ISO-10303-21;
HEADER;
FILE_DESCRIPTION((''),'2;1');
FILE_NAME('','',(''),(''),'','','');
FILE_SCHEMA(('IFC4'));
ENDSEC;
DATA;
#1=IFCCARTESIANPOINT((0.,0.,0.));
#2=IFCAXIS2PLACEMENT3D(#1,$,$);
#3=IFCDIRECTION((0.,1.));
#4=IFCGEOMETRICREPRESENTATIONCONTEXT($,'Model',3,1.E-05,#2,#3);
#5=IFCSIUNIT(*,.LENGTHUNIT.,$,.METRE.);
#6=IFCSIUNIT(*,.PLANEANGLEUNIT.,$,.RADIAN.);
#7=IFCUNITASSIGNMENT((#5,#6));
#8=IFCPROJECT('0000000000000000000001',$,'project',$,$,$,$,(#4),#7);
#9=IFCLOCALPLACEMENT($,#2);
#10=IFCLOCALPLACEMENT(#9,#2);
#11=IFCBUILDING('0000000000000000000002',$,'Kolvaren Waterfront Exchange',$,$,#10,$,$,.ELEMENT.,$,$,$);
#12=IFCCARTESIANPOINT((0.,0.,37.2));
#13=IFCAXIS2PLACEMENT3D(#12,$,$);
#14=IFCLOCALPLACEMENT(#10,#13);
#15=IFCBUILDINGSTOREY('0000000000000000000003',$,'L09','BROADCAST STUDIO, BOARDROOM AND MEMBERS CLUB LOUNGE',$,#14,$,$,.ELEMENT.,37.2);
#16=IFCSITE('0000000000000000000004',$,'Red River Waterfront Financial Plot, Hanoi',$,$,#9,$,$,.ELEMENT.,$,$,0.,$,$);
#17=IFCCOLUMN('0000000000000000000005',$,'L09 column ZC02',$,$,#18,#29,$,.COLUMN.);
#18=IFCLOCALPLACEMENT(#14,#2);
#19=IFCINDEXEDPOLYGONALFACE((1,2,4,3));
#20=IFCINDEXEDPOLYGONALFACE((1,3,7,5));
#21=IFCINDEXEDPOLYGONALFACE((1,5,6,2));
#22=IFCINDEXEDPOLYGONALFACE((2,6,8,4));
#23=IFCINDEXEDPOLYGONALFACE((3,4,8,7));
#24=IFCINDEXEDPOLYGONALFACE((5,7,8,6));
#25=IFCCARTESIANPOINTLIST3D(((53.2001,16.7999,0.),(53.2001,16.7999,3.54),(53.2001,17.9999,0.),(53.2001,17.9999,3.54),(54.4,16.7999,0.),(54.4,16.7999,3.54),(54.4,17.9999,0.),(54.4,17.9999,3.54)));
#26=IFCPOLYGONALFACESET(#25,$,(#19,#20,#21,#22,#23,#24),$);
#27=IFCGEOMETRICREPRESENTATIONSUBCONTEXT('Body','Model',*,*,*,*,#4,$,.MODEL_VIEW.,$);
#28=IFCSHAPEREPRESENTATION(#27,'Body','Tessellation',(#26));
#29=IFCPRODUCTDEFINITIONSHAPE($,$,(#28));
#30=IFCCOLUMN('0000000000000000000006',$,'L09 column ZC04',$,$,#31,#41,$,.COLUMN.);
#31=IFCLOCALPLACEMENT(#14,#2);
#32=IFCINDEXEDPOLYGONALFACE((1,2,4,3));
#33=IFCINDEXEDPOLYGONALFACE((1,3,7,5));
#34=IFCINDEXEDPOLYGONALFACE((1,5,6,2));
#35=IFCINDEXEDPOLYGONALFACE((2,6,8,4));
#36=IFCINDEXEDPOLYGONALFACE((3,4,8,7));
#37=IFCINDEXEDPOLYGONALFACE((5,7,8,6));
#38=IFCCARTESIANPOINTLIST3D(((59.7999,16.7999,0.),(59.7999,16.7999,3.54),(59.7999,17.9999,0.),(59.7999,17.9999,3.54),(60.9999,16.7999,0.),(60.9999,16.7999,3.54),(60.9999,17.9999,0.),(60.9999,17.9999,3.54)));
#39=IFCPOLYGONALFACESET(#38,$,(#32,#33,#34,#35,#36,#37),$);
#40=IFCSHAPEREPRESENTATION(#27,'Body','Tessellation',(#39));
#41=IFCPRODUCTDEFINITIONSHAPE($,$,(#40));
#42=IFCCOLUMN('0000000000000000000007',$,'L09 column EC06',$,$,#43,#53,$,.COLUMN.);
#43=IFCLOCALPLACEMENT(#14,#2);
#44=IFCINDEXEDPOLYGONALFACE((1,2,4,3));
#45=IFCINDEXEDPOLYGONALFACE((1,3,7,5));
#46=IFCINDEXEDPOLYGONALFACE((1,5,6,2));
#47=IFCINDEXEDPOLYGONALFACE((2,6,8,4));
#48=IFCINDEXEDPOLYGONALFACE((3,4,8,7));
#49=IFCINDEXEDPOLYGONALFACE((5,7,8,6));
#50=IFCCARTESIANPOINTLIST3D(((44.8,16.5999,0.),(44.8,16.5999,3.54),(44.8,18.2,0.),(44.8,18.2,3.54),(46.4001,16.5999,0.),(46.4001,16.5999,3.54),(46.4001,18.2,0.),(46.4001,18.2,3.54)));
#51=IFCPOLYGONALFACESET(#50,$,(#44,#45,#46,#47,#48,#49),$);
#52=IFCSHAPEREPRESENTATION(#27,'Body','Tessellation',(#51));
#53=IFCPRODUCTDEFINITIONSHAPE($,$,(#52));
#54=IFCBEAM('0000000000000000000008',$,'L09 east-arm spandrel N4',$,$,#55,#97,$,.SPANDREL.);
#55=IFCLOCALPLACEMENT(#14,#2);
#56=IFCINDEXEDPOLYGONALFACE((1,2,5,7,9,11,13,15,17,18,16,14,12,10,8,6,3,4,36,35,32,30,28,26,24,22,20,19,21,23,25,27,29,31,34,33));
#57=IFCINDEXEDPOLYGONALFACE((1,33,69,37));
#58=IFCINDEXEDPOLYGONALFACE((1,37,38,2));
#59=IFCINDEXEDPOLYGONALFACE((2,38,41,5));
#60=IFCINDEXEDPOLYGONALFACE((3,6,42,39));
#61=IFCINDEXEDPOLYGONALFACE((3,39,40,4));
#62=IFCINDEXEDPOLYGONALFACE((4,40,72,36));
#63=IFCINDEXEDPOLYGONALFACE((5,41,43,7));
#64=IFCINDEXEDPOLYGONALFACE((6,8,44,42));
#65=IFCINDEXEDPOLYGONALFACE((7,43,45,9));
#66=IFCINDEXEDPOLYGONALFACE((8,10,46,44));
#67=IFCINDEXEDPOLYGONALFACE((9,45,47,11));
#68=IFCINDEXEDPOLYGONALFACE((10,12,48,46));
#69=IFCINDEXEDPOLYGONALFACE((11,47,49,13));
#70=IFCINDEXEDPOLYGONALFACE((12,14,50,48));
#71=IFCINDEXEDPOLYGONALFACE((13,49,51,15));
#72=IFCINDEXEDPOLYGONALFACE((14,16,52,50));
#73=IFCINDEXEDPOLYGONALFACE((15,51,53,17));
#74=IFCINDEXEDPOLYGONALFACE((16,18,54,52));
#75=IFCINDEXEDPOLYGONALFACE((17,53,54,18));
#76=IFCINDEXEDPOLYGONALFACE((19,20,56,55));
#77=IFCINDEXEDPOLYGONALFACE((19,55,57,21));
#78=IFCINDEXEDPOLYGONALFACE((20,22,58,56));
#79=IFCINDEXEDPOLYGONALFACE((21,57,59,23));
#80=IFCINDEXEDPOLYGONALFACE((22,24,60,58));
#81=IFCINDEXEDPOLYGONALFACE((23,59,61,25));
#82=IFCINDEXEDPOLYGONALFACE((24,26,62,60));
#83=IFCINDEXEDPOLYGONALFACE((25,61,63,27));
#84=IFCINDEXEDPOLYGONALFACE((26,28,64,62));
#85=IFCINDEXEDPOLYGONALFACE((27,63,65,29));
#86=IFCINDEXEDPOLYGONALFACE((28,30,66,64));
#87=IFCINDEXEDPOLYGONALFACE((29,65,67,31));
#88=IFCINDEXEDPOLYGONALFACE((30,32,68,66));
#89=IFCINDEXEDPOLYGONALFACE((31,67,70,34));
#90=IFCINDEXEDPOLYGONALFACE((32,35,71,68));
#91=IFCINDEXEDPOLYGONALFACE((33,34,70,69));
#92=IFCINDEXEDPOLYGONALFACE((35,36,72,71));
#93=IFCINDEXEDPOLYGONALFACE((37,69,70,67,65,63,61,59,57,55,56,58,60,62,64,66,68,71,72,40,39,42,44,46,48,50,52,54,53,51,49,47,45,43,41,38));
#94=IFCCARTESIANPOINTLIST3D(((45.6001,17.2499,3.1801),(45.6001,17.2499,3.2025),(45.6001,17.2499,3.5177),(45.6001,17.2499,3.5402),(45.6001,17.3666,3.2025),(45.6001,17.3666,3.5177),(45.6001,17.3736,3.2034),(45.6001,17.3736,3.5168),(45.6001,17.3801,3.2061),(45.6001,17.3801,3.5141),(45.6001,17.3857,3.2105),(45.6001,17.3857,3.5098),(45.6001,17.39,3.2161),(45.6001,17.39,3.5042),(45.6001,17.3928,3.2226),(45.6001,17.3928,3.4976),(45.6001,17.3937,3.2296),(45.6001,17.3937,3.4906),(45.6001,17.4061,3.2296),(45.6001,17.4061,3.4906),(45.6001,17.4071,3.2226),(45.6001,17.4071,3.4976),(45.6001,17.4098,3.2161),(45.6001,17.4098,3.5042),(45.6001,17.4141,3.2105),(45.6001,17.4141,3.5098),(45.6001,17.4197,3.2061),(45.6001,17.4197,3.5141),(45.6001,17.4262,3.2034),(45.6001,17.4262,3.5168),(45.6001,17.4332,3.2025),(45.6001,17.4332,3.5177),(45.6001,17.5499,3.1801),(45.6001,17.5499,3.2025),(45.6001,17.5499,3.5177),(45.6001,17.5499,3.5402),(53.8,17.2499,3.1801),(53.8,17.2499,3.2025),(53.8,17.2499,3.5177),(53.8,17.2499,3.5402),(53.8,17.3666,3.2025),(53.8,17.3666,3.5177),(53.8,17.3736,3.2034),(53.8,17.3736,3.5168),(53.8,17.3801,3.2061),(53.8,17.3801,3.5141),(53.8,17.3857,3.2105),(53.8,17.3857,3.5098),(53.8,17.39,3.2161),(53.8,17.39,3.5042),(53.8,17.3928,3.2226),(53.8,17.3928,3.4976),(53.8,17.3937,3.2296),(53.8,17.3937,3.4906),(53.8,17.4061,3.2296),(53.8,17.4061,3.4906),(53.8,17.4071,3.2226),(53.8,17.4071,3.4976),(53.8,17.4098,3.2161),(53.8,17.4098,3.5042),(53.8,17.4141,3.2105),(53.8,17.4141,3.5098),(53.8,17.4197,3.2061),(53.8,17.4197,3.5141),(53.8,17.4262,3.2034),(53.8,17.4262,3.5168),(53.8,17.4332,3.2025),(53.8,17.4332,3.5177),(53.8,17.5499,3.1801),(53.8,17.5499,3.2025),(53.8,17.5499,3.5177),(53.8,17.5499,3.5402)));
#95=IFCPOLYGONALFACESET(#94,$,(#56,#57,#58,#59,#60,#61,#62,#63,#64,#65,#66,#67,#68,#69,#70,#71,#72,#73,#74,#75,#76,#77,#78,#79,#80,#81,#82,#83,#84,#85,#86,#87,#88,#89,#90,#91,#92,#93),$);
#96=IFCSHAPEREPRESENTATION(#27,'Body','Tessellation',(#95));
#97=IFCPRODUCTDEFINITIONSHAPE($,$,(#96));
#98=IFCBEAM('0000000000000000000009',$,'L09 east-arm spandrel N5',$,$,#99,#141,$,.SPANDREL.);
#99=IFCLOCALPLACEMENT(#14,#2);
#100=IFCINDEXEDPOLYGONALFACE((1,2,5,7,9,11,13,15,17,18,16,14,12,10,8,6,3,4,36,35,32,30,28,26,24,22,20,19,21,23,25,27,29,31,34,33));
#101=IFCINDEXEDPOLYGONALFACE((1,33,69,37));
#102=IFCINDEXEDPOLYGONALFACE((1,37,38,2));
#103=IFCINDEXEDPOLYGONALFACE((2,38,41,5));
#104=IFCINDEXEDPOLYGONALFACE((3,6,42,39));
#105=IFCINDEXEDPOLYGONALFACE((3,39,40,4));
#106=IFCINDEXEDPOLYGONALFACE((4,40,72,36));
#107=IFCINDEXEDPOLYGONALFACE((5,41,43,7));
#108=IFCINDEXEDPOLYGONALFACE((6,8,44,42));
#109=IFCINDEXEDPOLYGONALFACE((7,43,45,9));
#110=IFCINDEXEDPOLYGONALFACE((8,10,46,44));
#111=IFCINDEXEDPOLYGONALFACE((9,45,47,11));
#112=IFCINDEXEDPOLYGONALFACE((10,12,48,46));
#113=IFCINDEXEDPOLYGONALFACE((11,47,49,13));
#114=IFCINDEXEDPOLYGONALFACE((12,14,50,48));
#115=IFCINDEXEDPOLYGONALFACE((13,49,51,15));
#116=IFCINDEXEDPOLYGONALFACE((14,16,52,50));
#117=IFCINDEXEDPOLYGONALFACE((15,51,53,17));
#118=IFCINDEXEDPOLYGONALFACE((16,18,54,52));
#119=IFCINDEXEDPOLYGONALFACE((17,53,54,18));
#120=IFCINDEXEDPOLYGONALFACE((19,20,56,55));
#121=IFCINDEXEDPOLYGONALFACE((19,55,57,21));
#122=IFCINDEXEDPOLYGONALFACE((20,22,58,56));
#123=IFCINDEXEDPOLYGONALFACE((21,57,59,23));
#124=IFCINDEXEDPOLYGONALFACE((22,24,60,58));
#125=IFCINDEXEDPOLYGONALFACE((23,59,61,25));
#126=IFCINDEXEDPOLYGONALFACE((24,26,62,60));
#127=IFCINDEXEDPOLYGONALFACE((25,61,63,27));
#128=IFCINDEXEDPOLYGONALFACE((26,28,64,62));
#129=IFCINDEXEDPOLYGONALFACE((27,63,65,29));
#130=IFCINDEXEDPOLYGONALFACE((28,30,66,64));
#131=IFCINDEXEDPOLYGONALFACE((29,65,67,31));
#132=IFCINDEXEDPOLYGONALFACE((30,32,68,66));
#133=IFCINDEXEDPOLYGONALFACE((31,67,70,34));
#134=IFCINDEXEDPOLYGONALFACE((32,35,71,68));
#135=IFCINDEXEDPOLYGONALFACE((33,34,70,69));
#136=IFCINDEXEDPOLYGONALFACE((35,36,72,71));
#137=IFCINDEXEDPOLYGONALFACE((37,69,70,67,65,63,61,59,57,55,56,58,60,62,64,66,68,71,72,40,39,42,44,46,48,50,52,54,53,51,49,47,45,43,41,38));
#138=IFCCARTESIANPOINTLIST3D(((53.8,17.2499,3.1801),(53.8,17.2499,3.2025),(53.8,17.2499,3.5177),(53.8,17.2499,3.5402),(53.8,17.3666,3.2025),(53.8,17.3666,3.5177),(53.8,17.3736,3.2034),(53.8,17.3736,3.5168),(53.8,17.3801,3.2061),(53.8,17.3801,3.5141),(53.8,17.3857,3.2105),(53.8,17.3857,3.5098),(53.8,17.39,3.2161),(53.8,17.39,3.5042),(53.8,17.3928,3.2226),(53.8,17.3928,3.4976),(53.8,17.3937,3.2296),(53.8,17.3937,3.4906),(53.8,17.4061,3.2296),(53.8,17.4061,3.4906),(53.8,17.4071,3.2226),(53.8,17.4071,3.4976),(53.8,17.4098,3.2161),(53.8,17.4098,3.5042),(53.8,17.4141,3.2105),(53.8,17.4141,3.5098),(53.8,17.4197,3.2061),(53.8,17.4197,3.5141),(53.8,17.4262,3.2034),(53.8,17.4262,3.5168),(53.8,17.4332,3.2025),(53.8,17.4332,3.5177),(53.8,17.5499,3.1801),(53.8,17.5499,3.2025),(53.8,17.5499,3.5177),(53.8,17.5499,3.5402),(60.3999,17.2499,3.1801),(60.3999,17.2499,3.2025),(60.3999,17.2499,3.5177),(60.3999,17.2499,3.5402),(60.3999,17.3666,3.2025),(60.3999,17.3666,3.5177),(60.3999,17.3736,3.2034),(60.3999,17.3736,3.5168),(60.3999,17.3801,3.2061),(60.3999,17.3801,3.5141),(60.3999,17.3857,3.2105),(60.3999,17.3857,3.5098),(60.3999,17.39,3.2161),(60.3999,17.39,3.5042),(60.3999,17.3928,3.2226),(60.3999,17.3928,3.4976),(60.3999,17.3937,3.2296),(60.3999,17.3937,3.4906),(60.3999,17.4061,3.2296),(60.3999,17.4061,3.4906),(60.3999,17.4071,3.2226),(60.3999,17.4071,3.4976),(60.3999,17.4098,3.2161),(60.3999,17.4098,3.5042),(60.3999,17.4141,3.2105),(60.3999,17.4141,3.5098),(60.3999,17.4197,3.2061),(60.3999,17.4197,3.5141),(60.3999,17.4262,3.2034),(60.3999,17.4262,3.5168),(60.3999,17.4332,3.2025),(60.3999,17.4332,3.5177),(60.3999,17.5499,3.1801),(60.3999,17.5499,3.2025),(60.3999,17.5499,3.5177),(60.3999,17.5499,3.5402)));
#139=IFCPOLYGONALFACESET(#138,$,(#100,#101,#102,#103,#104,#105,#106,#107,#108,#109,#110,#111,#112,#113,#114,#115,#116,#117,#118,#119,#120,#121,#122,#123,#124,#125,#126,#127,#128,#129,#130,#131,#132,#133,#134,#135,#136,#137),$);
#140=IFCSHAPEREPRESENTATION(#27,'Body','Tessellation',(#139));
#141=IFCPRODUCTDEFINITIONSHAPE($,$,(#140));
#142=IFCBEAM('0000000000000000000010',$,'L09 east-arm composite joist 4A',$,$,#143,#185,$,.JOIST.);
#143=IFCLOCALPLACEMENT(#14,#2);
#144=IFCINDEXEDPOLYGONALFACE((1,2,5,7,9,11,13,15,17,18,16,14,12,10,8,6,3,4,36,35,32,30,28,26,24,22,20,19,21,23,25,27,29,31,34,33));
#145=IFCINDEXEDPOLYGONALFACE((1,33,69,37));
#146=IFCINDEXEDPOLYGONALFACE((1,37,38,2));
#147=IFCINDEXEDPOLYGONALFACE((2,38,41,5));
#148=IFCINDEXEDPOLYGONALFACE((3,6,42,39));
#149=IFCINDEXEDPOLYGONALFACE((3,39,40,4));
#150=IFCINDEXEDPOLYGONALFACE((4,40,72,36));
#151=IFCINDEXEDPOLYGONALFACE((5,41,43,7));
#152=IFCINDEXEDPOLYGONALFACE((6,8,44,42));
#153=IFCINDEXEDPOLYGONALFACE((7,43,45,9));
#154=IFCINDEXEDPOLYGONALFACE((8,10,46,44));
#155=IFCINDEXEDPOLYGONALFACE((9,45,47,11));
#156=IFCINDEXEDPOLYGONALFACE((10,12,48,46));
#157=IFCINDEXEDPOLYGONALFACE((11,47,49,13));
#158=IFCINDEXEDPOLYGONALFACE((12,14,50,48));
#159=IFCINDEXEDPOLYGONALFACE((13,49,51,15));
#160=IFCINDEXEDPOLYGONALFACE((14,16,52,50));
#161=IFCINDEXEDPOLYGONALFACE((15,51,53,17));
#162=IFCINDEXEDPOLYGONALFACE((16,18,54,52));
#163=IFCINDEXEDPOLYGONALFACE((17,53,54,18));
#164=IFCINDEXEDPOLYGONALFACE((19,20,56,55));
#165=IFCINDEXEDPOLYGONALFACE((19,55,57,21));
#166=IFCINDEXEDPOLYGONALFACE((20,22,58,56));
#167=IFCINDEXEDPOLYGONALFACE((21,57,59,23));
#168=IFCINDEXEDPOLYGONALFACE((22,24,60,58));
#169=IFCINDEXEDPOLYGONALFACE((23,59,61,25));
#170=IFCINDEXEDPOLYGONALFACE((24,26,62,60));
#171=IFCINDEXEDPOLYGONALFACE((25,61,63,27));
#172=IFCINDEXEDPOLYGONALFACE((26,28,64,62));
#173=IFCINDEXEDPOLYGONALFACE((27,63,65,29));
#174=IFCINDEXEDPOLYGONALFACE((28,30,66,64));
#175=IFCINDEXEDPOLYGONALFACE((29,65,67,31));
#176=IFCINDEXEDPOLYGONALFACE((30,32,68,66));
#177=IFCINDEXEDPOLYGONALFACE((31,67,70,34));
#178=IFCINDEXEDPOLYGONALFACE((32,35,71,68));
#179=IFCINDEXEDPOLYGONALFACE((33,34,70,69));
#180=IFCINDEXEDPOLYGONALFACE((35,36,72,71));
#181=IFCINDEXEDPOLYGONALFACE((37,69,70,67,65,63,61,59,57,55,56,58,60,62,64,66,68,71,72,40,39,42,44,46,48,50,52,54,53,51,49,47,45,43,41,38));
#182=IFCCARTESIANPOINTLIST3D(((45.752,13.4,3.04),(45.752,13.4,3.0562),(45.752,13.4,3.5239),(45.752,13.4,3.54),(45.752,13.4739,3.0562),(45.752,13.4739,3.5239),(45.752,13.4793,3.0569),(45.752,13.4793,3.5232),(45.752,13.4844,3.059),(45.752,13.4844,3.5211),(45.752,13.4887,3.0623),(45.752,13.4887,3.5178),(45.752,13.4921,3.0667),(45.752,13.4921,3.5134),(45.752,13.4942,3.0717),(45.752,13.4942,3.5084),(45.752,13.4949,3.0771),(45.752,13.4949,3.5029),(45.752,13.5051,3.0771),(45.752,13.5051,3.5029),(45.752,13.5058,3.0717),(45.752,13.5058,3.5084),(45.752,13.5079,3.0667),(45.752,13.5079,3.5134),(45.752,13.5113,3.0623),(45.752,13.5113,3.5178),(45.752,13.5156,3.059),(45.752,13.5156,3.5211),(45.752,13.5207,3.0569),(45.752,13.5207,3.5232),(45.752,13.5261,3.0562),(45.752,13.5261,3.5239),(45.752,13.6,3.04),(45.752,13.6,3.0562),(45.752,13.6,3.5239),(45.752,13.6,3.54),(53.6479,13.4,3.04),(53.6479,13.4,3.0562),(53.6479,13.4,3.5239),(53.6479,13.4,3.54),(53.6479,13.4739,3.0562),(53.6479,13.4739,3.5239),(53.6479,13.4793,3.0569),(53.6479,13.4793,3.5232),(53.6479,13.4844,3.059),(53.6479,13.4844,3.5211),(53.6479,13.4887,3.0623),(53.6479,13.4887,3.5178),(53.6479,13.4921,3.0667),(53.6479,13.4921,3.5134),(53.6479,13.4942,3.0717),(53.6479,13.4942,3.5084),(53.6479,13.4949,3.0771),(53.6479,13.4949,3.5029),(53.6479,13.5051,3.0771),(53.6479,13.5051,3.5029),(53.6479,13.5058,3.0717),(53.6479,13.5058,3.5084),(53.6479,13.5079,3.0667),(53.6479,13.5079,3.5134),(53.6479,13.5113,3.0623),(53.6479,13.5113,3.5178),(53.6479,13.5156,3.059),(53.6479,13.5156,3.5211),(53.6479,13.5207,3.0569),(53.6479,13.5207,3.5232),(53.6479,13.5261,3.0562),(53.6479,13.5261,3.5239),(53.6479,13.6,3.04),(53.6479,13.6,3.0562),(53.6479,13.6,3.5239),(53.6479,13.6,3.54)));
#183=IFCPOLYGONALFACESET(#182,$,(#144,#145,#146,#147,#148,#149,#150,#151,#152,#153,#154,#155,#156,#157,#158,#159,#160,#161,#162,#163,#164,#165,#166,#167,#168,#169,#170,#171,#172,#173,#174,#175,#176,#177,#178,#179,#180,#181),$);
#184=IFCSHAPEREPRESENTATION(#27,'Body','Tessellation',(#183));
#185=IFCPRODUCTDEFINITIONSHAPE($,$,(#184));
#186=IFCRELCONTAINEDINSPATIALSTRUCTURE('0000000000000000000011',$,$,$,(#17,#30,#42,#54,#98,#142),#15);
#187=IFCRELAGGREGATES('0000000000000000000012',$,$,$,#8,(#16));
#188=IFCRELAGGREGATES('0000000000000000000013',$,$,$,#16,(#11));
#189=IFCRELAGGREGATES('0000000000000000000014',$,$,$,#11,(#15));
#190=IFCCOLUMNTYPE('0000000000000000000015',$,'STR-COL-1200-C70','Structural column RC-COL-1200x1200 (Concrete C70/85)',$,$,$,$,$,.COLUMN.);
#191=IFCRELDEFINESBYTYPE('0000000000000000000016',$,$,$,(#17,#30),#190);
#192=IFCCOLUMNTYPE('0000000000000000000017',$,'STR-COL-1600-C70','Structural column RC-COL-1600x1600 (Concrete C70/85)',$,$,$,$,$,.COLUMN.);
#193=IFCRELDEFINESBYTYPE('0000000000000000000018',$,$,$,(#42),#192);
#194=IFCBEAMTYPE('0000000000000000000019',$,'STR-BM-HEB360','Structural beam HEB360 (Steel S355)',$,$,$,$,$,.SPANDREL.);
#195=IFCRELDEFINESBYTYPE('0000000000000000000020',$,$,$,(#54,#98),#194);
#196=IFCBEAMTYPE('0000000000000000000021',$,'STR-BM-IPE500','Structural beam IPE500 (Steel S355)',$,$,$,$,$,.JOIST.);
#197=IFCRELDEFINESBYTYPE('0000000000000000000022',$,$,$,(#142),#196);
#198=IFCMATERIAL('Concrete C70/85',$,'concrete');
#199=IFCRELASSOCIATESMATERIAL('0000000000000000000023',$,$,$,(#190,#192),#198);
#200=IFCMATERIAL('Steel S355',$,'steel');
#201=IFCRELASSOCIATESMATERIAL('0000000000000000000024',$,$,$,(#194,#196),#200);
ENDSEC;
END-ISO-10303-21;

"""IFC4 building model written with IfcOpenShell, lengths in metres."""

from ifc_helpers import new_model, si_unit, direction, frame, origin, origin_2d, place, context, subcontext, project, spatial, rectangle, i_section, extrude, material, material_profile, profile_set, type_object, element, save


model = new_model("IFC4")

# Units and contexts
model_context = context("Model", 3, precision=1e-05, world=origin(), true_north=direction((0.0, 1.0)))
body_context = subcontext(model_context, "Body", "Model", "MODEL_VIEW")
ifc_project = project(units=[si_unit("LENGTHUNIT", "METRE"), si_unit("PLANEANGLEUNIT", "RADIAN")], contexts=[model_context])

# Site, building, storey
site_placement = place(None, origin())
site = spatial("IfcSite", under=ifc_project, at=site_placement, Name="Red River Waterfront Financial Plot, Hanoi", CompositionType="ELEMENT", RefElevation=0.0)
building_placement = place(site_placement, origin())
building = spatial("IfcBuilding", under=site, at=building_placement, Name="Kolvaren Waterfront Exchange", CompositionType="ELEMENT")
storey_placement = place(building_placement, frame((0.0, 0.0, 37.2)))
storey = spatial("IfcBuildingStorey", under=building, at=storey_placement, Name="L09", Description="BROADCAST STUDIO, BOARDROOM AND MEMBERS CLUB LOUNGE", CompositionType="ELEMENT", Elevation=37.2)

# Columns
ifc_material_1 = material(Name="Concrete C70/85", Category="concrete")
ifc_material_profile_1 = material_profile(ifc_material_1, rectangle(XDim=1.2, YDim=1.2, at=origin_2d()), Name="RC-COL-1200x1200")
ifc_profile_set_1 = profile_set([ifc_material_profile_1], Name="Concrete C70/85")
column_type_1 = type_object("IfcColumnType", Name="STR-COL-1200-C70", Description="Structural column RC-COL-1200x1200 (Concrete C70/85)", PredefinedType="COLUMN", material=ifc_profile_set_1)
for number, where, z_axis, x_axis, name in (
    (1, (53.8, 17.3999, 0.0), (0.0, 0.0, 1.0), (1.0, 0.0, 0.0), "L09 column ZC02"),
    (2, (60.3999, 17.3999, 0.0), (0.0, 0.0, 1.0), (1.0, 0.0, 0.0), "L09 column ZC04"),
):
    element("IfcColumn", number, at=place(storey_placement, frame(where, z_axis=z_axis, x_axis=x_axis)), inside=storey, type_object=column_type_1, Name=name, PredefinedType="COLUMN", context=body_context, shape_type="SweptSolid", body=[
        extrude(rectangle(XDim=1.2, YDim=1.2, at=origin_2d()), origin(), (0.0, 0.0, 1.0), 3.54),
    ])
ifc_material_profile_2 = material_profile(ifc_material_1, rectangle(XDim=1.6001, YDim=1.6001, at=origin_2d()), Name="RC-COL-1600x1600")
ifc_profile_set_2 = profile_set([ifc_material_profile_2], Name="Concrete C70/85")
column_type_2 = type_object("IfcColumnType", Name="STR-COL-1600-C70", Description="Structural column RC-COL-1600x1600 (Concrete C70/85)", PredefinedType="COLUMN", material=ifc_profile_set_2)
column_placement = place(storey_placement, frame((45.6001, 17.3999, 0.0), z_axis=(0.0, 0.0, 1.0), x_axis=(1.0, 0.0, 0.0)))
element("IfcColumn", 3, at=column_placement, inside=storey, type_object=column_type_2, Name="L09 column EC06", PredefinedType="COLUMN", context=body_context, shape_type="SweptSolid", body=[
    extrude(rectangle(XDim=1.6001, YDim=1.6001, at=origin_2d()), origin(), (0.0, 0.0, 1.0), 3.54),
])

# Beams
ifc_material_2 = material(Name="Steel S355", Category="steel")
ifc_material_profile_3 = material_profile(ifc_material_2, i_section(OverallWidth=0.3, OverallDepth=0.3601, WebThickness=0.0125, FlangeThickness=0.0225, FilletRadius=0.0271, at=origin_2d()), Name="HEB360")
ifc_profile_set_3 = profile_set([ifc_material_profile_3], Name="Steel S355")
beam_type_1 = type_object("IfcBeamType", Name="STR-BM-HEB360", Description="Structural beam HEB360 (Steel S355)", PredefinedType="SPANDREL", material=ifc_profile_set_3)
beam_1_placement = place(storey_placement, frame((45.6001, 17.3999, 3.3601), z_axis=(1.0, 0.0, 0.0), x_axis=(0.0, 1.0, 0.0)))
element("IfcBeam", 4, at=beam_1_placement, inside=storey, type_object=beam_type_1, Name="L09 east-arm spandrel N4", PredefinedType="SPANDREL", context=body_context, shape_type="SweptSolid", body=[
    extrude(i_section(OverallWidth=0.3, OverallDepth=0.3601, WebThickness=0.0125, FlangeThickness=0.0225, FilletRadius=0.0271, at=origin_2d()), origin(), (0.0, 0.0, 1.0), 8.2),
])
beam_2_placement = place(storey_placement, frame((53.8, 17.3999, 3.3601), z_axis=(1.0, 0.0, 0.0), x_axis=(0.0, 1.0, 0.0)))
element("IfcBeam", 5, at=beam_2_placement, inside=storey, type_object=beam_type_1, Name="L09 east-arm spandrel N5", PredefinedType="SPANDREL", context=body_context, shape_type="SweptSolid", body=[
    extrude(i_section(OverallWidth=0.3, OverallDepth=0.3601, WebThickness=0.0125, FlangeThickness=0.0225, FilletRadius=0.0271, at=origin_2d()), origin(), (0.0, 0.0, 1.0), 6.5999),
])
ifc_material_profile_4 = material_profile(ifc_material_2, i_section(OverallWidth=0.2, OverallDepth=0.5, WebThickness=0.0103, FlangeThickness=0.0161, FilletRadius=0.021, at=origin_2d()), Name="IPE500")
ifc_profile_set_4 = profile_set([ifc_material_profile_4], Name="Steel S355")
beam_type_2 = type_object("IfcBeamType", Name="STR-BM-IPE500", Description="Structural beam IPE500 (Steel S355)", PredefinedType="JOIST", material=ifc_profile_set_4)
for number, where, z_axis, x_axis, name in (
    (6, (45.752, 13.5, 3.29), (1.0, 0.0, 0.0), (0.0, 1.0, 0.0), "L09 east-arm composite joist 4A"),
):
    element("IfcBeam", number, at=place(storey_placement, frame(where, z_axis=z_axis, x_axis=x_axis)), inside=storey, type_object=beam_type_2, Name=name, PredefinedType="JOIST", context=body_context, shape_type="SweptSolid", body=[
        extrude(i_section(OverallWidth=0.2, OverallDepth=0.5, WebThickness=0.0103, FlangeThickness=0.0161, FilletRadius=0.021, at=origin_2d()), origin(), (0.0, 0.0, 1.0), 7.896),
    ])

save(model, "model.ifc")
